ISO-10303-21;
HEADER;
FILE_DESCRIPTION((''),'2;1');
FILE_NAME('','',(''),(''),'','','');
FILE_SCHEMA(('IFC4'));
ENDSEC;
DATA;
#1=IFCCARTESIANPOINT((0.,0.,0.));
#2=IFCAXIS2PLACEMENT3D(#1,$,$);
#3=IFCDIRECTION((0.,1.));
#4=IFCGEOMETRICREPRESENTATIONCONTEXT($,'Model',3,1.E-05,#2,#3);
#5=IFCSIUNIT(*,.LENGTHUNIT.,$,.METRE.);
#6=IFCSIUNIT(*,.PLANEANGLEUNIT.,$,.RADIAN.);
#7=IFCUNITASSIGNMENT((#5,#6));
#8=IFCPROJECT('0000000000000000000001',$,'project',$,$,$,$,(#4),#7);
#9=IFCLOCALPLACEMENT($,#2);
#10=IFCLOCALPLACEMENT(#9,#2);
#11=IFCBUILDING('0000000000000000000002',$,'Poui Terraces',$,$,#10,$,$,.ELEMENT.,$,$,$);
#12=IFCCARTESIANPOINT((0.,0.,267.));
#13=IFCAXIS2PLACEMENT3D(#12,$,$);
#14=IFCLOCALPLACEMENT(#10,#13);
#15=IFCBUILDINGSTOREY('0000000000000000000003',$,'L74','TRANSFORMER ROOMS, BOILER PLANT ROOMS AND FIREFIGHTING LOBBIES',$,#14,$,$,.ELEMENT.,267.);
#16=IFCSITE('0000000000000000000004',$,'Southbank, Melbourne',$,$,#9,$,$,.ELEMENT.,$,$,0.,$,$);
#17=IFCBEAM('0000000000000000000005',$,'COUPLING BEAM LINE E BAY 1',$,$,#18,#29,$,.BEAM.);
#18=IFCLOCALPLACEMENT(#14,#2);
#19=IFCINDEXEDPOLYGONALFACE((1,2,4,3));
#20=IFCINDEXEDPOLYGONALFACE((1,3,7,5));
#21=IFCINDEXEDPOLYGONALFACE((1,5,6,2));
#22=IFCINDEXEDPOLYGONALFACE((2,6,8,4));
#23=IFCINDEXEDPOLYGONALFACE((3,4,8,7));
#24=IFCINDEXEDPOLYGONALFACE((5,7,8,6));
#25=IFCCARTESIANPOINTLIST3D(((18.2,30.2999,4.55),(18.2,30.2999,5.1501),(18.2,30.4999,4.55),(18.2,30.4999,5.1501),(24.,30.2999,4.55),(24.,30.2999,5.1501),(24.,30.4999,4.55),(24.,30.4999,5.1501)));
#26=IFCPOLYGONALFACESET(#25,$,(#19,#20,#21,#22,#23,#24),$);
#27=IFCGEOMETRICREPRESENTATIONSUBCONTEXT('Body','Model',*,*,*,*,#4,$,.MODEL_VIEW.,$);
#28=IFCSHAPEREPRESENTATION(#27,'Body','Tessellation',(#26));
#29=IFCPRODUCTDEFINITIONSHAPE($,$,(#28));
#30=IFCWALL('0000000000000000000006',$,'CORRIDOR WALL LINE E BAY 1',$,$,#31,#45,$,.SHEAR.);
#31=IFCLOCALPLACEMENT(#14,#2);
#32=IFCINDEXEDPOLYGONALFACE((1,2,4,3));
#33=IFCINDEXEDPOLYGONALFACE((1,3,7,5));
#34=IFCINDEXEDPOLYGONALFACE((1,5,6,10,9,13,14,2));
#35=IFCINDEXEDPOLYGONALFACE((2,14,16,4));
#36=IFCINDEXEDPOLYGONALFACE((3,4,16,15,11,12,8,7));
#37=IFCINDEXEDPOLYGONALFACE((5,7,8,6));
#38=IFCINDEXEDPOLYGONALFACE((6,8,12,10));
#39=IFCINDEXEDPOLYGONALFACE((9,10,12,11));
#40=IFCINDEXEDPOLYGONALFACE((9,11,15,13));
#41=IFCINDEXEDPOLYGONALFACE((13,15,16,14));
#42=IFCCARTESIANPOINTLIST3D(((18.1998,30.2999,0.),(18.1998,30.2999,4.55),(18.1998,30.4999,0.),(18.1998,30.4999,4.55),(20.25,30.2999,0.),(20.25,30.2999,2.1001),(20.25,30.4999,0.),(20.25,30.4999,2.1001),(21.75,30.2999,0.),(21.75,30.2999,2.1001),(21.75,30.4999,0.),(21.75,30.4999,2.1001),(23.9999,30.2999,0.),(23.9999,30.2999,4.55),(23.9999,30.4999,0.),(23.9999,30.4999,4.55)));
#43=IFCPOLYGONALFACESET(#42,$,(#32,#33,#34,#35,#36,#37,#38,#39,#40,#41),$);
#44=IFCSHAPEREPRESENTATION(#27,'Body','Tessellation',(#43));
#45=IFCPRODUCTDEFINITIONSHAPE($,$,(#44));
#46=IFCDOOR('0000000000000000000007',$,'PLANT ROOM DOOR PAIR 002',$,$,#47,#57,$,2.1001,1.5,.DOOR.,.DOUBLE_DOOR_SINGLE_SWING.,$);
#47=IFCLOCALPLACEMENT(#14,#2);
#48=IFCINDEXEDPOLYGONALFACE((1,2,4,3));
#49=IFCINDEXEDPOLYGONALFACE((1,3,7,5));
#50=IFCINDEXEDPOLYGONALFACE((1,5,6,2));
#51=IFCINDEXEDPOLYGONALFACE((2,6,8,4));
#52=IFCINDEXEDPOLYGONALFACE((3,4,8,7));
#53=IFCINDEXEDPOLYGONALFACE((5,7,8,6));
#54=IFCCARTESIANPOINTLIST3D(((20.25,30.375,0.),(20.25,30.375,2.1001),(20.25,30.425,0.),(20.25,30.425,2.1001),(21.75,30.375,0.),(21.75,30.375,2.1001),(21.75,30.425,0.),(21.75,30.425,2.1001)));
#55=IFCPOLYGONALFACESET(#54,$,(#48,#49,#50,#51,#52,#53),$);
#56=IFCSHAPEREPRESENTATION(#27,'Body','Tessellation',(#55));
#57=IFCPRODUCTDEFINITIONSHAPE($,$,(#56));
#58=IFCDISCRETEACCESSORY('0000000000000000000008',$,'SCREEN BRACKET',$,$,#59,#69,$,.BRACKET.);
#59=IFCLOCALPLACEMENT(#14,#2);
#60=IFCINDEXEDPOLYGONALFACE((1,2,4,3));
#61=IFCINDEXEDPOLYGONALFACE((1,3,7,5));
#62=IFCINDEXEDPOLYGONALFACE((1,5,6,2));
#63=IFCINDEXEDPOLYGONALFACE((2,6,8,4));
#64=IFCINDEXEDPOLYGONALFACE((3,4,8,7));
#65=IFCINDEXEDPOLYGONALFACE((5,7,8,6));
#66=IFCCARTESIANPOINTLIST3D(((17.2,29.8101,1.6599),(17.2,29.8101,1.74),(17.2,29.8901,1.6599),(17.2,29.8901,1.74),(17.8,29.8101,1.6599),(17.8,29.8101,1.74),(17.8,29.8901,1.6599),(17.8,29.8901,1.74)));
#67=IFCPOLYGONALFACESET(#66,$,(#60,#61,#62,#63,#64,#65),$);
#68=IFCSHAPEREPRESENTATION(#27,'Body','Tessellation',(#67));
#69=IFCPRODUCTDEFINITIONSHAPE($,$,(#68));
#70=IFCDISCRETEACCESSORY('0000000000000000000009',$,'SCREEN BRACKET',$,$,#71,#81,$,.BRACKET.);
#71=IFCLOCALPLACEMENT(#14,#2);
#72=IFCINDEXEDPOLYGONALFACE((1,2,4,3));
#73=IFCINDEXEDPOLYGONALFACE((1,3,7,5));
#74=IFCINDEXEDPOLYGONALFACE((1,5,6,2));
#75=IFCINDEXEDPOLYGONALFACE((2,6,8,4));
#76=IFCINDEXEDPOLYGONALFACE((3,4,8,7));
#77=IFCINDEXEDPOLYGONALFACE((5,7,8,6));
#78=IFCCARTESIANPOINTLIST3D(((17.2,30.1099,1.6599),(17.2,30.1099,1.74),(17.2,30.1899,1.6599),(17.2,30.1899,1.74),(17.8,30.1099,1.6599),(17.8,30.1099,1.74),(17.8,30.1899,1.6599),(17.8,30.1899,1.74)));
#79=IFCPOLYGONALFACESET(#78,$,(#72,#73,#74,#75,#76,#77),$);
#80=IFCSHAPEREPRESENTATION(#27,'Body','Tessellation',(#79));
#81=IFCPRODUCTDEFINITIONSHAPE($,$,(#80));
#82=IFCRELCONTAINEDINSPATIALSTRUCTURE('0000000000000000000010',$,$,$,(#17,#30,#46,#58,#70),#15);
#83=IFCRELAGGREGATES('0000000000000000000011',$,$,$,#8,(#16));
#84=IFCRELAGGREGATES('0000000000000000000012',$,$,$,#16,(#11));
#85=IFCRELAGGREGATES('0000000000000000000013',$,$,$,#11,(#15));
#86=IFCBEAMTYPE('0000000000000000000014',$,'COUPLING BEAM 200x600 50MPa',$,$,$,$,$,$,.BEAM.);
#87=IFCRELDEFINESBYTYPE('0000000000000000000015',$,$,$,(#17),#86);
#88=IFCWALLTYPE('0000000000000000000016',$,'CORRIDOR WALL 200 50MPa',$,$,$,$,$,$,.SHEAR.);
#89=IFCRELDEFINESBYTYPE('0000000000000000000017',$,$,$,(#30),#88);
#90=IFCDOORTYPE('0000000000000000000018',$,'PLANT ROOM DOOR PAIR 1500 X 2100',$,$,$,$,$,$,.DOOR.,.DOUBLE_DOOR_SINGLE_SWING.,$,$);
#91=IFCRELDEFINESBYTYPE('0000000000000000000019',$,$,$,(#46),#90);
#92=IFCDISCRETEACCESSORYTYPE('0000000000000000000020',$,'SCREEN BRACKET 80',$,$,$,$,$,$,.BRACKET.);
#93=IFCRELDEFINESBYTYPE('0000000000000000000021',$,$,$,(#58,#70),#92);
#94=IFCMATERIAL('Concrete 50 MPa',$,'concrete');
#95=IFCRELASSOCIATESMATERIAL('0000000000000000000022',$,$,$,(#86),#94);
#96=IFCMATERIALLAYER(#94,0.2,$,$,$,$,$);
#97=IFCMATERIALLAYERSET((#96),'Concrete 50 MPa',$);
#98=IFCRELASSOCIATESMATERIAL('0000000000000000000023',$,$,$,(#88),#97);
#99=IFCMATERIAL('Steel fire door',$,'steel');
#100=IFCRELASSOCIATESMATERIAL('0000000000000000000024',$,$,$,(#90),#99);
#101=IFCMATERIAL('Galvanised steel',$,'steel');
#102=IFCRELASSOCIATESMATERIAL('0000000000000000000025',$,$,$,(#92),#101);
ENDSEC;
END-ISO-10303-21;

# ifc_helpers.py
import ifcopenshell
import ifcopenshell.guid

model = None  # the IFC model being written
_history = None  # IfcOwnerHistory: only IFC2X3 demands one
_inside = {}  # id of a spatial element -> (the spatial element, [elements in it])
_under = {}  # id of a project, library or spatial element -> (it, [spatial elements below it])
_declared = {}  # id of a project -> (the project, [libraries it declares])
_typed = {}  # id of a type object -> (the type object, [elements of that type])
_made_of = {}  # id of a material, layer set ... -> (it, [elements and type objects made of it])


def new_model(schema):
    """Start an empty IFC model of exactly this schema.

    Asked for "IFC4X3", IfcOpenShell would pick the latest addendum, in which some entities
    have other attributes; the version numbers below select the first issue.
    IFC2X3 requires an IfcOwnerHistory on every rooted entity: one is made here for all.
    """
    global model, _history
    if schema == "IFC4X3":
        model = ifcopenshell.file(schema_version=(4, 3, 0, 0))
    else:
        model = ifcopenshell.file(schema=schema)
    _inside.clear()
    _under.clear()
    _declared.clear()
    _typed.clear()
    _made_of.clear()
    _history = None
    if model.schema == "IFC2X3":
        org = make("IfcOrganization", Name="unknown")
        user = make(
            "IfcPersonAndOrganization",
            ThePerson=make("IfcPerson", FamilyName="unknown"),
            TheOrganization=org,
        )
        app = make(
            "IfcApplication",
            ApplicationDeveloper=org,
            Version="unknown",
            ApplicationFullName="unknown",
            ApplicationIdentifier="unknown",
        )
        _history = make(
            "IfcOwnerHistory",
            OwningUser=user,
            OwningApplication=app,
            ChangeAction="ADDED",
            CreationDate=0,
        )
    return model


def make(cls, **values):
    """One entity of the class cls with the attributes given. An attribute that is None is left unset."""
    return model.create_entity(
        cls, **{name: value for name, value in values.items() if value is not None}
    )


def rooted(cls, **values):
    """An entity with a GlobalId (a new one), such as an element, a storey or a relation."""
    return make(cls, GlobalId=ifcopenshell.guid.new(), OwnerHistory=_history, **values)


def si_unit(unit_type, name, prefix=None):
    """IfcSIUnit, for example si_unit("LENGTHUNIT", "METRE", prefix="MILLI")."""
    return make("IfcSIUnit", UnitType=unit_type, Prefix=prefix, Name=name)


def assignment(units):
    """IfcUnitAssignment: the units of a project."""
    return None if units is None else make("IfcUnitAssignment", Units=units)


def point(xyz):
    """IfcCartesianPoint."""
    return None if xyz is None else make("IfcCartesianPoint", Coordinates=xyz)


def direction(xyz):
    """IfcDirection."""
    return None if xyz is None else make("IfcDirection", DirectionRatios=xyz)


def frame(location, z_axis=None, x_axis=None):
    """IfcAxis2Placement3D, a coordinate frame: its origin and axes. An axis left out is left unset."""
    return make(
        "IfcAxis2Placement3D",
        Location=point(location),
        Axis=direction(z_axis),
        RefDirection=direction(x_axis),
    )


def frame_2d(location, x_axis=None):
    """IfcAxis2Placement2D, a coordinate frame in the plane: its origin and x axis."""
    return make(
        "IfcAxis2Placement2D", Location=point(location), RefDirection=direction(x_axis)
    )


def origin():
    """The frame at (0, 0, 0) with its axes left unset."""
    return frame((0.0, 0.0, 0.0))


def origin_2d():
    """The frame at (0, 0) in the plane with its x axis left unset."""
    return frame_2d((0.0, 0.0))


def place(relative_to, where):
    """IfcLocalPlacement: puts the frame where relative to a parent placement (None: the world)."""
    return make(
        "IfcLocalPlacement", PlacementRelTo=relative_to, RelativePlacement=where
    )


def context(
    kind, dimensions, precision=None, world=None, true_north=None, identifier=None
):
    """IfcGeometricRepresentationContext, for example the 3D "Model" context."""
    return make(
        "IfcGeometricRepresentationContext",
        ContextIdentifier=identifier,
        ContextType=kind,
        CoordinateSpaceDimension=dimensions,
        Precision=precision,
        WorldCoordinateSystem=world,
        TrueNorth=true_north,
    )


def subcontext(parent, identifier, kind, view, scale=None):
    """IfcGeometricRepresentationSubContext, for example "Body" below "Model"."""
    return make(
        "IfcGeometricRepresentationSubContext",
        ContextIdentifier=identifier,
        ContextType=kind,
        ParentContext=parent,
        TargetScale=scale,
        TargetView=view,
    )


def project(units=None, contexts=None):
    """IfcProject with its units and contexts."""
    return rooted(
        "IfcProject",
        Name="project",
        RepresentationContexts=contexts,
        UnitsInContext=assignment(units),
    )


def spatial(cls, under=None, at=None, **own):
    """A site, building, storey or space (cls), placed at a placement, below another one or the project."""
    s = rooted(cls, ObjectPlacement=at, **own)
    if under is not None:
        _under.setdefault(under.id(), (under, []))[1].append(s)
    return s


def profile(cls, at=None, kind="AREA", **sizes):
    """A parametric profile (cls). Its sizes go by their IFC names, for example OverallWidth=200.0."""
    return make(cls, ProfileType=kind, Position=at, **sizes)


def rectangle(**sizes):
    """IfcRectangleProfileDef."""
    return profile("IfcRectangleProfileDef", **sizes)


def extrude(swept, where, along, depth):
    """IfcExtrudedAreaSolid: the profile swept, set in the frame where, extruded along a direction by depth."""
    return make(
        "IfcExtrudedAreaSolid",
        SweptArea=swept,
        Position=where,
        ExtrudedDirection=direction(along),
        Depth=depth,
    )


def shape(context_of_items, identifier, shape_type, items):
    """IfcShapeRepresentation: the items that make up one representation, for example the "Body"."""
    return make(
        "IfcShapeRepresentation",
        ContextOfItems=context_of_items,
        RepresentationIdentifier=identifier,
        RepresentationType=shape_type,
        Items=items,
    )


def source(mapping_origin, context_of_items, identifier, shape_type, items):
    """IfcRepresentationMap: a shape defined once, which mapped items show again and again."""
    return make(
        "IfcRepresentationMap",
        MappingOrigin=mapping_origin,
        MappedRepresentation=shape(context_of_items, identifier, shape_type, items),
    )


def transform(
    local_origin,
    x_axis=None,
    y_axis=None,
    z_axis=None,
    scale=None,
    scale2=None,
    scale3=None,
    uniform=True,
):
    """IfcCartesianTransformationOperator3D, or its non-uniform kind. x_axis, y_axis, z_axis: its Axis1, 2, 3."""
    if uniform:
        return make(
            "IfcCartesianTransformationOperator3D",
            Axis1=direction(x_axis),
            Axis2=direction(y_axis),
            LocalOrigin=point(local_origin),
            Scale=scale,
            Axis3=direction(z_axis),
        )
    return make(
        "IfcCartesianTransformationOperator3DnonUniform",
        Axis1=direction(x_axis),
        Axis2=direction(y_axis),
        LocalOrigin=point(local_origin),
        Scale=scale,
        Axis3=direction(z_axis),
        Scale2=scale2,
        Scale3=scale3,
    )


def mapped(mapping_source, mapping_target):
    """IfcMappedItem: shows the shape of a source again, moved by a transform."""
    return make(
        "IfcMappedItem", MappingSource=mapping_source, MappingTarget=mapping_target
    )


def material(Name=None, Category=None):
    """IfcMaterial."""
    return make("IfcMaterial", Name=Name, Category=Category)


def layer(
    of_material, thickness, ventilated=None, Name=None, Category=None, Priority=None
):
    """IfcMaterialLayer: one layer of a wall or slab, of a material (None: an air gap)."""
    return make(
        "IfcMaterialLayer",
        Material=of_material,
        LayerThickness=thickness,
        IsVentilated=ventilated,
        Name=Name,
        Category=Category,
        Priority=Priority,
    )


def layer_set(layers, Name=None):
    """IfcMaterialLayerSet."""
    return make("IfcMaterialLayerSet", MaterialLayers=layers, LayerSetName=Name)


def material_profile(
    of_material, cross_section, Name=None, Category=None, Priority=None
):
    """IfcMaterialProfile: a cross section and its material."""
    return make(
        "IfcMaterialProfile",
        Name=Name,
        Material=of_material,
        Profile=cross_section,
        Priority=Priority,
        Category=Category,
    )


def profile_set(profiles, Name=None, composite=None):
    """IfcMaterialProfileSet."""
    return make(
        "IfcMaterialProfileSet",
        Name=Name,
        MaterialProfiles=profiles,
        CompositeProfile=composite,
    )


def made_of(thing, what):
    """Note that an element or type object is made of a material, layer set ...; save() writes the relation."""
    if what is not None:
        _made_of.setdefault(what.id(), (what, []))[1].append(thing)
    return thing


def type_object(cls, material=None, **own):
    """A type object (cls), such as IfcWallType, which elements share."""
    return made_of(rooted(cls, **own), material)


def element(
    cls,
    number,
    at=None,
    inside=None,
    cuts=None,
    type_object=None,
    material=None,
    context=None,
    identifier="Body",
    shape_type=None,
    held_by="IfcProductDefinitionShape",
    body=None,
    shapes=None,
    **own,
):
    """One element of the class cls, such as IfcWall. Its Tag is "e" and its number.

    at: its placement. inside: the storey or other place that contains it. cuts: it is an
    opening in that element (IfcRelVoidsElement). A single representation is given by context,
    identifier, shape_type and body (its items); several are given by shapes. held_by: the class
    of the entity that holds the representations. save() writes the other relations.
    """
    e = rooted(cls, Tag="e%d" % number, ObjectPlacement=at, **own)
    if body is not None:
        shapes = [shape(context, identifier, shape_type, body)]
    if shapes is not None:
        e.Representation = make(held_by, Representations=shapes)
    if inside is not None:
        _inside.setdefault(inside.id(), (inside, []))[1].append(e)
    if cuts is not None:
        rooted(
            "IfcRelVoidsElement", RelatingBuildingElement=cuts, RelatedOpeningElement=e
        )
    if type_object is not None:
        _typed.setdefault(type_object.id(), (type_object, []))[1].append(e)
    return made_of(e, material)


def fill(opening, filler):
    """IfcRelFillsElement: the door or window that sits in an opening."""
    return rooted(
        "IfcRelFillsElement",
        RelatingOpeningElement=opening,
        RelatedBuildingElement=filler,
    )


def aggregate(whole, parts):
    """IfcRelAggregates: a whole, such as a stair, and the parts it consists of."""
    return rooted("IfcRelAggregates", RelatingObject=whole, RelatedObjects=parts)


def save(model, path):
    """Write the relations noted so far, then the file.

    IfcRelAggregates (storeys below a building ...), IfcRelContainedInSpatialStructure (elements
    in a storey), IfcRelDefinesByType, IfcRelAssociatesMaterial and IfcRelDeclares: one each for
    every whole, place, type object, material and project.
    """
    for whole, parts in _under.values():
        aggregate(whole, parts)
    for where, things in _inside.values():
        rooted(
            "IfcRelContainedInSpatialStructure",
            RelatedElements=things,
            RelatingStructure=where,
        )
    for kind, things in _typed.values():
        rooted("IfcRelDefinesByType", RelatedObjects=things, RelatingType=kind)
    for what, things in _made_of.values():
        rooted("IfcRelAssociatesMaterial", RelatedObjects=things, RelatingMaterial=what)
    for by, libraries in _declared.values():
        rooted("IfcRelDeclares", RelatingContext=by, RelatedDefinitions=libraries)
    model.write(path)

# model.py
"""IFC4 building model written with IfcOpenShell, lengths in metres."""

from ifc_helpers import new_model, si_unit, direction, frame, frame_2d, origin, origin_2d, place, context, subcontext, project, spatial, rectangle, extrude, source, transform, mapped, material, layer, layer_set, material_profile, profile_set, type_object, element, fill, save


model = new_model("IFC4")

# Units and contexts
model_context = context("Model", 3, precision=1e-05, world=origin(), true_north=direction((0.0, 1.0)))
body_context = subcontext(model_context, "Body", "Model", "MODEL_VIEW")
ifc_project = project(units=[si_unit("LENGTHUNIT", "METRE"), si_unit("PLANEANGLEUNIT", "RADIAN")], contexts=[model_context])

# Site, building, storey
site_placement = place(None, origin())
site = spatial("IfcSite", under=ifc_project, at=site_placement, Name="Southbank, Melbourne", CompositionType="ELEMENT", RefElevation=0.0)
building_placement = place(site_placement, origin())
building = spatial("IfcBuilding", under=site, at=building_placement, Name="Poui Terraces", CompositionType="ELEMENT")
storey_placement = place(building_placement, frame((0.0, 0.0, 267.0)))
storey = spatial("IfcBuildingStorey", under=building, at=storey_placement, Name="L74", Description="TRANSFORMER ROOMS, BOILER PLANT ROOMS AND FIREFIGHTING LOBBIES", CompositionType="ELEMENT", Elevation=267.0)

# Beam
ifc_material_1 = material(Name="Concrete 50 MPa", Category="concrete")
ifc_material_profile_1 = material_profile(ifc_material_1, rectangle(XDim=0.2, YDim=0.6001, at=origin_2d()), Name="RC 200x600")
ifc_profile_set_1 = profile_set([ifc_material_profile_1], Name="Concrete 50 MPa")
beam_type = type_object("IfcBeamType", Name="COUPLING BEAM 200x600 50MPa", PredefinedType="BEAM", material=ifc_profile_set_1)
shared_shape_1 = source(origin(), body_context, "Body", "SweptSolid", [
    extrude(rectangle(XDim=0.2, YDim=0.6001, at=origin_2d()), origin(), (0.0, 0.0, 1.0), 5.8),
])
beam_placement = place(storey_placement, frame((18.2, 30.3999, 4.8501), z_axis=(1.0, 0.0, 0.0), x_axis=(0.0, 1.0, 0.0)))
element("IfcBeam", 1, at=beam_placement, inside=storey, type_object=beam_type, Name="COUPLING BEAM LINE E BAY 1", PredefinedType="BEAM", context=body_context, shape_type="MappedRepresentation", body=[
    mapped(shared_shape_1, transform((0.0, 0.0, 0.0))),
])

# Wall, opening, door
ifc_layer = layer(ifc_material_1, 0.2)
ifc_layer_set = layer_set([ifc_layer], Name="Concrete 50 MPa")
wall_type = type_object("IfcWallType", Name="CORRIDOR WALL 200 50MPa", PredefinedType="SHEAR", material=ifc_layer_set)
wall_placement = place(storey_placement, frame((18.2, 30.3999, 0.0), z_axis=(0.0, 0.0, 1.0), x_axis=(1.0, 0.0, 0.0)))
wall = element("IfcWall", 2, at=wall_placement, inside=storey, type_object=wall_type, Name="CORRIDOR WALL LINE E BAY 1", PredefinedType="SHEAR", context=body_context, shape_type="SweptSolid", body=[
    extrude(rectangle(XDim=5.8, YDim=0.2, at=frame_2d((2.8999, 0.0))), origin(), (0.0, 0.0, 1.0), 4.55),
])
opening_placement = place(wall_placement, frame((2.05, 0.0, 0.0)))
opening = element("IfcOpeningElement", 3, at=opening_placement, cuts=wall, PredefinedType="OPENING", context=body_context, shape_type="SweptSolid", body=[
    extrude(rectangle(XDim=1.5, YDim=2.1001, at=frame_2d((0.75, 1.05))), frame((0.0, 0.1099, 0.0), z_axis=(0.0, -1.0, 0.0), x_axis=(1.0, 0.0, 0.0)), (0.0, 0.0, 1.0), 0.22),
])
ifc_material_2 = material(Name="Steel fire door", Category="steel")
door_type = type_object("IfcDoorType", Name="PLANT ROOM DOOR PAIR 1500 X 2100", OperationType="DOUBLE_DOOR_SINGLE_SWING", PredefinedType="DOOR", material=ifc_material_2)
door_placement = place(opening_placement, frame((1.5, 0.0, 0.0), z_axis=(0.0, 0.0, 1.0), x_axis=(-1.0, 0.0, 0.0)))
door = element("IfcDoor", 4, at=door_placement, inside=storey, type_object=door_type, Name="PLANT ROOM DOOR PAIR 002", OperationType="DOUBLE_DOOR_SINGLE_SWING", OverallHeight=2.1001, OverallWidth=1.5, PredefinedType="DOOR", context=body_context, shape_type="SweptSolid", body=[
    extrude(rectangle(XDim=1.5, YDim=2.1001, at=frame_2d((0.75, 1.05))), frame((0.0, 0.0249, 0.0), z_axis=(0.0, -1.0, 0.0), x_axis=(1.0, 0.0, 0.0)), (0.0, 0.0, 1.0), 0.05),
])
fill(opening, door)

# Discrete accessories
ifc_material_3 = material(Name="Galvanised steel", Category="steel")
ifc_material_profile_2 = material_profile(ifc_material_3, rectangle(XDim=0.0801, YDim=0.0801, at=origin_2d()), Name="SCREEN BRACKET 80")
ifc_profile_set_2 = profile_set([ifc_material_profile_2], Name="Galvanised steel")
discrete_accessory_type = type_object("IfcDiscreteAccessoryType", Name="SCREEN BRACKET 80", PredefinedType="BRACKET", material=ifc_profile_set_2)
shared_shape_2 = source(origin(), body_context, "Body", "SweptSolid", [
    extrude(rectangle(XDim=0.0801, YDim=0.0801, at=origin_2d()), origin(), (0.0, 0.0, 1.0), 0.6001),
])
for number, where, z_axis, x_axis, name in (
    (5, (17.8, 29.8501, 1.7), (-1.0, 0.0, 0.0), (0.0, -1.0, 0.0), "SCREEN BRACKET"),
    (6, (17.8, 30.1499, 1.7), (-1.0, 0.0, 0.0), (0.0, -1.0, 0.0), "SCREEN BRACKET"),
):
    element("IfcDiscreteAccessory", number, at=place(storey_placement, frame(where, z_axis=z_axis, x_axis=x_axis)), inside=storey, type_object=discrete_accessory_type, Name=name, PredefinedType="BRACKET", context=body_context, shape_type="MappedRepresentation", body=[
        mapped(shared_shape_2, transform((0.0, 0.0, 0.0))),
    ])

save(model, "model.ifc")
